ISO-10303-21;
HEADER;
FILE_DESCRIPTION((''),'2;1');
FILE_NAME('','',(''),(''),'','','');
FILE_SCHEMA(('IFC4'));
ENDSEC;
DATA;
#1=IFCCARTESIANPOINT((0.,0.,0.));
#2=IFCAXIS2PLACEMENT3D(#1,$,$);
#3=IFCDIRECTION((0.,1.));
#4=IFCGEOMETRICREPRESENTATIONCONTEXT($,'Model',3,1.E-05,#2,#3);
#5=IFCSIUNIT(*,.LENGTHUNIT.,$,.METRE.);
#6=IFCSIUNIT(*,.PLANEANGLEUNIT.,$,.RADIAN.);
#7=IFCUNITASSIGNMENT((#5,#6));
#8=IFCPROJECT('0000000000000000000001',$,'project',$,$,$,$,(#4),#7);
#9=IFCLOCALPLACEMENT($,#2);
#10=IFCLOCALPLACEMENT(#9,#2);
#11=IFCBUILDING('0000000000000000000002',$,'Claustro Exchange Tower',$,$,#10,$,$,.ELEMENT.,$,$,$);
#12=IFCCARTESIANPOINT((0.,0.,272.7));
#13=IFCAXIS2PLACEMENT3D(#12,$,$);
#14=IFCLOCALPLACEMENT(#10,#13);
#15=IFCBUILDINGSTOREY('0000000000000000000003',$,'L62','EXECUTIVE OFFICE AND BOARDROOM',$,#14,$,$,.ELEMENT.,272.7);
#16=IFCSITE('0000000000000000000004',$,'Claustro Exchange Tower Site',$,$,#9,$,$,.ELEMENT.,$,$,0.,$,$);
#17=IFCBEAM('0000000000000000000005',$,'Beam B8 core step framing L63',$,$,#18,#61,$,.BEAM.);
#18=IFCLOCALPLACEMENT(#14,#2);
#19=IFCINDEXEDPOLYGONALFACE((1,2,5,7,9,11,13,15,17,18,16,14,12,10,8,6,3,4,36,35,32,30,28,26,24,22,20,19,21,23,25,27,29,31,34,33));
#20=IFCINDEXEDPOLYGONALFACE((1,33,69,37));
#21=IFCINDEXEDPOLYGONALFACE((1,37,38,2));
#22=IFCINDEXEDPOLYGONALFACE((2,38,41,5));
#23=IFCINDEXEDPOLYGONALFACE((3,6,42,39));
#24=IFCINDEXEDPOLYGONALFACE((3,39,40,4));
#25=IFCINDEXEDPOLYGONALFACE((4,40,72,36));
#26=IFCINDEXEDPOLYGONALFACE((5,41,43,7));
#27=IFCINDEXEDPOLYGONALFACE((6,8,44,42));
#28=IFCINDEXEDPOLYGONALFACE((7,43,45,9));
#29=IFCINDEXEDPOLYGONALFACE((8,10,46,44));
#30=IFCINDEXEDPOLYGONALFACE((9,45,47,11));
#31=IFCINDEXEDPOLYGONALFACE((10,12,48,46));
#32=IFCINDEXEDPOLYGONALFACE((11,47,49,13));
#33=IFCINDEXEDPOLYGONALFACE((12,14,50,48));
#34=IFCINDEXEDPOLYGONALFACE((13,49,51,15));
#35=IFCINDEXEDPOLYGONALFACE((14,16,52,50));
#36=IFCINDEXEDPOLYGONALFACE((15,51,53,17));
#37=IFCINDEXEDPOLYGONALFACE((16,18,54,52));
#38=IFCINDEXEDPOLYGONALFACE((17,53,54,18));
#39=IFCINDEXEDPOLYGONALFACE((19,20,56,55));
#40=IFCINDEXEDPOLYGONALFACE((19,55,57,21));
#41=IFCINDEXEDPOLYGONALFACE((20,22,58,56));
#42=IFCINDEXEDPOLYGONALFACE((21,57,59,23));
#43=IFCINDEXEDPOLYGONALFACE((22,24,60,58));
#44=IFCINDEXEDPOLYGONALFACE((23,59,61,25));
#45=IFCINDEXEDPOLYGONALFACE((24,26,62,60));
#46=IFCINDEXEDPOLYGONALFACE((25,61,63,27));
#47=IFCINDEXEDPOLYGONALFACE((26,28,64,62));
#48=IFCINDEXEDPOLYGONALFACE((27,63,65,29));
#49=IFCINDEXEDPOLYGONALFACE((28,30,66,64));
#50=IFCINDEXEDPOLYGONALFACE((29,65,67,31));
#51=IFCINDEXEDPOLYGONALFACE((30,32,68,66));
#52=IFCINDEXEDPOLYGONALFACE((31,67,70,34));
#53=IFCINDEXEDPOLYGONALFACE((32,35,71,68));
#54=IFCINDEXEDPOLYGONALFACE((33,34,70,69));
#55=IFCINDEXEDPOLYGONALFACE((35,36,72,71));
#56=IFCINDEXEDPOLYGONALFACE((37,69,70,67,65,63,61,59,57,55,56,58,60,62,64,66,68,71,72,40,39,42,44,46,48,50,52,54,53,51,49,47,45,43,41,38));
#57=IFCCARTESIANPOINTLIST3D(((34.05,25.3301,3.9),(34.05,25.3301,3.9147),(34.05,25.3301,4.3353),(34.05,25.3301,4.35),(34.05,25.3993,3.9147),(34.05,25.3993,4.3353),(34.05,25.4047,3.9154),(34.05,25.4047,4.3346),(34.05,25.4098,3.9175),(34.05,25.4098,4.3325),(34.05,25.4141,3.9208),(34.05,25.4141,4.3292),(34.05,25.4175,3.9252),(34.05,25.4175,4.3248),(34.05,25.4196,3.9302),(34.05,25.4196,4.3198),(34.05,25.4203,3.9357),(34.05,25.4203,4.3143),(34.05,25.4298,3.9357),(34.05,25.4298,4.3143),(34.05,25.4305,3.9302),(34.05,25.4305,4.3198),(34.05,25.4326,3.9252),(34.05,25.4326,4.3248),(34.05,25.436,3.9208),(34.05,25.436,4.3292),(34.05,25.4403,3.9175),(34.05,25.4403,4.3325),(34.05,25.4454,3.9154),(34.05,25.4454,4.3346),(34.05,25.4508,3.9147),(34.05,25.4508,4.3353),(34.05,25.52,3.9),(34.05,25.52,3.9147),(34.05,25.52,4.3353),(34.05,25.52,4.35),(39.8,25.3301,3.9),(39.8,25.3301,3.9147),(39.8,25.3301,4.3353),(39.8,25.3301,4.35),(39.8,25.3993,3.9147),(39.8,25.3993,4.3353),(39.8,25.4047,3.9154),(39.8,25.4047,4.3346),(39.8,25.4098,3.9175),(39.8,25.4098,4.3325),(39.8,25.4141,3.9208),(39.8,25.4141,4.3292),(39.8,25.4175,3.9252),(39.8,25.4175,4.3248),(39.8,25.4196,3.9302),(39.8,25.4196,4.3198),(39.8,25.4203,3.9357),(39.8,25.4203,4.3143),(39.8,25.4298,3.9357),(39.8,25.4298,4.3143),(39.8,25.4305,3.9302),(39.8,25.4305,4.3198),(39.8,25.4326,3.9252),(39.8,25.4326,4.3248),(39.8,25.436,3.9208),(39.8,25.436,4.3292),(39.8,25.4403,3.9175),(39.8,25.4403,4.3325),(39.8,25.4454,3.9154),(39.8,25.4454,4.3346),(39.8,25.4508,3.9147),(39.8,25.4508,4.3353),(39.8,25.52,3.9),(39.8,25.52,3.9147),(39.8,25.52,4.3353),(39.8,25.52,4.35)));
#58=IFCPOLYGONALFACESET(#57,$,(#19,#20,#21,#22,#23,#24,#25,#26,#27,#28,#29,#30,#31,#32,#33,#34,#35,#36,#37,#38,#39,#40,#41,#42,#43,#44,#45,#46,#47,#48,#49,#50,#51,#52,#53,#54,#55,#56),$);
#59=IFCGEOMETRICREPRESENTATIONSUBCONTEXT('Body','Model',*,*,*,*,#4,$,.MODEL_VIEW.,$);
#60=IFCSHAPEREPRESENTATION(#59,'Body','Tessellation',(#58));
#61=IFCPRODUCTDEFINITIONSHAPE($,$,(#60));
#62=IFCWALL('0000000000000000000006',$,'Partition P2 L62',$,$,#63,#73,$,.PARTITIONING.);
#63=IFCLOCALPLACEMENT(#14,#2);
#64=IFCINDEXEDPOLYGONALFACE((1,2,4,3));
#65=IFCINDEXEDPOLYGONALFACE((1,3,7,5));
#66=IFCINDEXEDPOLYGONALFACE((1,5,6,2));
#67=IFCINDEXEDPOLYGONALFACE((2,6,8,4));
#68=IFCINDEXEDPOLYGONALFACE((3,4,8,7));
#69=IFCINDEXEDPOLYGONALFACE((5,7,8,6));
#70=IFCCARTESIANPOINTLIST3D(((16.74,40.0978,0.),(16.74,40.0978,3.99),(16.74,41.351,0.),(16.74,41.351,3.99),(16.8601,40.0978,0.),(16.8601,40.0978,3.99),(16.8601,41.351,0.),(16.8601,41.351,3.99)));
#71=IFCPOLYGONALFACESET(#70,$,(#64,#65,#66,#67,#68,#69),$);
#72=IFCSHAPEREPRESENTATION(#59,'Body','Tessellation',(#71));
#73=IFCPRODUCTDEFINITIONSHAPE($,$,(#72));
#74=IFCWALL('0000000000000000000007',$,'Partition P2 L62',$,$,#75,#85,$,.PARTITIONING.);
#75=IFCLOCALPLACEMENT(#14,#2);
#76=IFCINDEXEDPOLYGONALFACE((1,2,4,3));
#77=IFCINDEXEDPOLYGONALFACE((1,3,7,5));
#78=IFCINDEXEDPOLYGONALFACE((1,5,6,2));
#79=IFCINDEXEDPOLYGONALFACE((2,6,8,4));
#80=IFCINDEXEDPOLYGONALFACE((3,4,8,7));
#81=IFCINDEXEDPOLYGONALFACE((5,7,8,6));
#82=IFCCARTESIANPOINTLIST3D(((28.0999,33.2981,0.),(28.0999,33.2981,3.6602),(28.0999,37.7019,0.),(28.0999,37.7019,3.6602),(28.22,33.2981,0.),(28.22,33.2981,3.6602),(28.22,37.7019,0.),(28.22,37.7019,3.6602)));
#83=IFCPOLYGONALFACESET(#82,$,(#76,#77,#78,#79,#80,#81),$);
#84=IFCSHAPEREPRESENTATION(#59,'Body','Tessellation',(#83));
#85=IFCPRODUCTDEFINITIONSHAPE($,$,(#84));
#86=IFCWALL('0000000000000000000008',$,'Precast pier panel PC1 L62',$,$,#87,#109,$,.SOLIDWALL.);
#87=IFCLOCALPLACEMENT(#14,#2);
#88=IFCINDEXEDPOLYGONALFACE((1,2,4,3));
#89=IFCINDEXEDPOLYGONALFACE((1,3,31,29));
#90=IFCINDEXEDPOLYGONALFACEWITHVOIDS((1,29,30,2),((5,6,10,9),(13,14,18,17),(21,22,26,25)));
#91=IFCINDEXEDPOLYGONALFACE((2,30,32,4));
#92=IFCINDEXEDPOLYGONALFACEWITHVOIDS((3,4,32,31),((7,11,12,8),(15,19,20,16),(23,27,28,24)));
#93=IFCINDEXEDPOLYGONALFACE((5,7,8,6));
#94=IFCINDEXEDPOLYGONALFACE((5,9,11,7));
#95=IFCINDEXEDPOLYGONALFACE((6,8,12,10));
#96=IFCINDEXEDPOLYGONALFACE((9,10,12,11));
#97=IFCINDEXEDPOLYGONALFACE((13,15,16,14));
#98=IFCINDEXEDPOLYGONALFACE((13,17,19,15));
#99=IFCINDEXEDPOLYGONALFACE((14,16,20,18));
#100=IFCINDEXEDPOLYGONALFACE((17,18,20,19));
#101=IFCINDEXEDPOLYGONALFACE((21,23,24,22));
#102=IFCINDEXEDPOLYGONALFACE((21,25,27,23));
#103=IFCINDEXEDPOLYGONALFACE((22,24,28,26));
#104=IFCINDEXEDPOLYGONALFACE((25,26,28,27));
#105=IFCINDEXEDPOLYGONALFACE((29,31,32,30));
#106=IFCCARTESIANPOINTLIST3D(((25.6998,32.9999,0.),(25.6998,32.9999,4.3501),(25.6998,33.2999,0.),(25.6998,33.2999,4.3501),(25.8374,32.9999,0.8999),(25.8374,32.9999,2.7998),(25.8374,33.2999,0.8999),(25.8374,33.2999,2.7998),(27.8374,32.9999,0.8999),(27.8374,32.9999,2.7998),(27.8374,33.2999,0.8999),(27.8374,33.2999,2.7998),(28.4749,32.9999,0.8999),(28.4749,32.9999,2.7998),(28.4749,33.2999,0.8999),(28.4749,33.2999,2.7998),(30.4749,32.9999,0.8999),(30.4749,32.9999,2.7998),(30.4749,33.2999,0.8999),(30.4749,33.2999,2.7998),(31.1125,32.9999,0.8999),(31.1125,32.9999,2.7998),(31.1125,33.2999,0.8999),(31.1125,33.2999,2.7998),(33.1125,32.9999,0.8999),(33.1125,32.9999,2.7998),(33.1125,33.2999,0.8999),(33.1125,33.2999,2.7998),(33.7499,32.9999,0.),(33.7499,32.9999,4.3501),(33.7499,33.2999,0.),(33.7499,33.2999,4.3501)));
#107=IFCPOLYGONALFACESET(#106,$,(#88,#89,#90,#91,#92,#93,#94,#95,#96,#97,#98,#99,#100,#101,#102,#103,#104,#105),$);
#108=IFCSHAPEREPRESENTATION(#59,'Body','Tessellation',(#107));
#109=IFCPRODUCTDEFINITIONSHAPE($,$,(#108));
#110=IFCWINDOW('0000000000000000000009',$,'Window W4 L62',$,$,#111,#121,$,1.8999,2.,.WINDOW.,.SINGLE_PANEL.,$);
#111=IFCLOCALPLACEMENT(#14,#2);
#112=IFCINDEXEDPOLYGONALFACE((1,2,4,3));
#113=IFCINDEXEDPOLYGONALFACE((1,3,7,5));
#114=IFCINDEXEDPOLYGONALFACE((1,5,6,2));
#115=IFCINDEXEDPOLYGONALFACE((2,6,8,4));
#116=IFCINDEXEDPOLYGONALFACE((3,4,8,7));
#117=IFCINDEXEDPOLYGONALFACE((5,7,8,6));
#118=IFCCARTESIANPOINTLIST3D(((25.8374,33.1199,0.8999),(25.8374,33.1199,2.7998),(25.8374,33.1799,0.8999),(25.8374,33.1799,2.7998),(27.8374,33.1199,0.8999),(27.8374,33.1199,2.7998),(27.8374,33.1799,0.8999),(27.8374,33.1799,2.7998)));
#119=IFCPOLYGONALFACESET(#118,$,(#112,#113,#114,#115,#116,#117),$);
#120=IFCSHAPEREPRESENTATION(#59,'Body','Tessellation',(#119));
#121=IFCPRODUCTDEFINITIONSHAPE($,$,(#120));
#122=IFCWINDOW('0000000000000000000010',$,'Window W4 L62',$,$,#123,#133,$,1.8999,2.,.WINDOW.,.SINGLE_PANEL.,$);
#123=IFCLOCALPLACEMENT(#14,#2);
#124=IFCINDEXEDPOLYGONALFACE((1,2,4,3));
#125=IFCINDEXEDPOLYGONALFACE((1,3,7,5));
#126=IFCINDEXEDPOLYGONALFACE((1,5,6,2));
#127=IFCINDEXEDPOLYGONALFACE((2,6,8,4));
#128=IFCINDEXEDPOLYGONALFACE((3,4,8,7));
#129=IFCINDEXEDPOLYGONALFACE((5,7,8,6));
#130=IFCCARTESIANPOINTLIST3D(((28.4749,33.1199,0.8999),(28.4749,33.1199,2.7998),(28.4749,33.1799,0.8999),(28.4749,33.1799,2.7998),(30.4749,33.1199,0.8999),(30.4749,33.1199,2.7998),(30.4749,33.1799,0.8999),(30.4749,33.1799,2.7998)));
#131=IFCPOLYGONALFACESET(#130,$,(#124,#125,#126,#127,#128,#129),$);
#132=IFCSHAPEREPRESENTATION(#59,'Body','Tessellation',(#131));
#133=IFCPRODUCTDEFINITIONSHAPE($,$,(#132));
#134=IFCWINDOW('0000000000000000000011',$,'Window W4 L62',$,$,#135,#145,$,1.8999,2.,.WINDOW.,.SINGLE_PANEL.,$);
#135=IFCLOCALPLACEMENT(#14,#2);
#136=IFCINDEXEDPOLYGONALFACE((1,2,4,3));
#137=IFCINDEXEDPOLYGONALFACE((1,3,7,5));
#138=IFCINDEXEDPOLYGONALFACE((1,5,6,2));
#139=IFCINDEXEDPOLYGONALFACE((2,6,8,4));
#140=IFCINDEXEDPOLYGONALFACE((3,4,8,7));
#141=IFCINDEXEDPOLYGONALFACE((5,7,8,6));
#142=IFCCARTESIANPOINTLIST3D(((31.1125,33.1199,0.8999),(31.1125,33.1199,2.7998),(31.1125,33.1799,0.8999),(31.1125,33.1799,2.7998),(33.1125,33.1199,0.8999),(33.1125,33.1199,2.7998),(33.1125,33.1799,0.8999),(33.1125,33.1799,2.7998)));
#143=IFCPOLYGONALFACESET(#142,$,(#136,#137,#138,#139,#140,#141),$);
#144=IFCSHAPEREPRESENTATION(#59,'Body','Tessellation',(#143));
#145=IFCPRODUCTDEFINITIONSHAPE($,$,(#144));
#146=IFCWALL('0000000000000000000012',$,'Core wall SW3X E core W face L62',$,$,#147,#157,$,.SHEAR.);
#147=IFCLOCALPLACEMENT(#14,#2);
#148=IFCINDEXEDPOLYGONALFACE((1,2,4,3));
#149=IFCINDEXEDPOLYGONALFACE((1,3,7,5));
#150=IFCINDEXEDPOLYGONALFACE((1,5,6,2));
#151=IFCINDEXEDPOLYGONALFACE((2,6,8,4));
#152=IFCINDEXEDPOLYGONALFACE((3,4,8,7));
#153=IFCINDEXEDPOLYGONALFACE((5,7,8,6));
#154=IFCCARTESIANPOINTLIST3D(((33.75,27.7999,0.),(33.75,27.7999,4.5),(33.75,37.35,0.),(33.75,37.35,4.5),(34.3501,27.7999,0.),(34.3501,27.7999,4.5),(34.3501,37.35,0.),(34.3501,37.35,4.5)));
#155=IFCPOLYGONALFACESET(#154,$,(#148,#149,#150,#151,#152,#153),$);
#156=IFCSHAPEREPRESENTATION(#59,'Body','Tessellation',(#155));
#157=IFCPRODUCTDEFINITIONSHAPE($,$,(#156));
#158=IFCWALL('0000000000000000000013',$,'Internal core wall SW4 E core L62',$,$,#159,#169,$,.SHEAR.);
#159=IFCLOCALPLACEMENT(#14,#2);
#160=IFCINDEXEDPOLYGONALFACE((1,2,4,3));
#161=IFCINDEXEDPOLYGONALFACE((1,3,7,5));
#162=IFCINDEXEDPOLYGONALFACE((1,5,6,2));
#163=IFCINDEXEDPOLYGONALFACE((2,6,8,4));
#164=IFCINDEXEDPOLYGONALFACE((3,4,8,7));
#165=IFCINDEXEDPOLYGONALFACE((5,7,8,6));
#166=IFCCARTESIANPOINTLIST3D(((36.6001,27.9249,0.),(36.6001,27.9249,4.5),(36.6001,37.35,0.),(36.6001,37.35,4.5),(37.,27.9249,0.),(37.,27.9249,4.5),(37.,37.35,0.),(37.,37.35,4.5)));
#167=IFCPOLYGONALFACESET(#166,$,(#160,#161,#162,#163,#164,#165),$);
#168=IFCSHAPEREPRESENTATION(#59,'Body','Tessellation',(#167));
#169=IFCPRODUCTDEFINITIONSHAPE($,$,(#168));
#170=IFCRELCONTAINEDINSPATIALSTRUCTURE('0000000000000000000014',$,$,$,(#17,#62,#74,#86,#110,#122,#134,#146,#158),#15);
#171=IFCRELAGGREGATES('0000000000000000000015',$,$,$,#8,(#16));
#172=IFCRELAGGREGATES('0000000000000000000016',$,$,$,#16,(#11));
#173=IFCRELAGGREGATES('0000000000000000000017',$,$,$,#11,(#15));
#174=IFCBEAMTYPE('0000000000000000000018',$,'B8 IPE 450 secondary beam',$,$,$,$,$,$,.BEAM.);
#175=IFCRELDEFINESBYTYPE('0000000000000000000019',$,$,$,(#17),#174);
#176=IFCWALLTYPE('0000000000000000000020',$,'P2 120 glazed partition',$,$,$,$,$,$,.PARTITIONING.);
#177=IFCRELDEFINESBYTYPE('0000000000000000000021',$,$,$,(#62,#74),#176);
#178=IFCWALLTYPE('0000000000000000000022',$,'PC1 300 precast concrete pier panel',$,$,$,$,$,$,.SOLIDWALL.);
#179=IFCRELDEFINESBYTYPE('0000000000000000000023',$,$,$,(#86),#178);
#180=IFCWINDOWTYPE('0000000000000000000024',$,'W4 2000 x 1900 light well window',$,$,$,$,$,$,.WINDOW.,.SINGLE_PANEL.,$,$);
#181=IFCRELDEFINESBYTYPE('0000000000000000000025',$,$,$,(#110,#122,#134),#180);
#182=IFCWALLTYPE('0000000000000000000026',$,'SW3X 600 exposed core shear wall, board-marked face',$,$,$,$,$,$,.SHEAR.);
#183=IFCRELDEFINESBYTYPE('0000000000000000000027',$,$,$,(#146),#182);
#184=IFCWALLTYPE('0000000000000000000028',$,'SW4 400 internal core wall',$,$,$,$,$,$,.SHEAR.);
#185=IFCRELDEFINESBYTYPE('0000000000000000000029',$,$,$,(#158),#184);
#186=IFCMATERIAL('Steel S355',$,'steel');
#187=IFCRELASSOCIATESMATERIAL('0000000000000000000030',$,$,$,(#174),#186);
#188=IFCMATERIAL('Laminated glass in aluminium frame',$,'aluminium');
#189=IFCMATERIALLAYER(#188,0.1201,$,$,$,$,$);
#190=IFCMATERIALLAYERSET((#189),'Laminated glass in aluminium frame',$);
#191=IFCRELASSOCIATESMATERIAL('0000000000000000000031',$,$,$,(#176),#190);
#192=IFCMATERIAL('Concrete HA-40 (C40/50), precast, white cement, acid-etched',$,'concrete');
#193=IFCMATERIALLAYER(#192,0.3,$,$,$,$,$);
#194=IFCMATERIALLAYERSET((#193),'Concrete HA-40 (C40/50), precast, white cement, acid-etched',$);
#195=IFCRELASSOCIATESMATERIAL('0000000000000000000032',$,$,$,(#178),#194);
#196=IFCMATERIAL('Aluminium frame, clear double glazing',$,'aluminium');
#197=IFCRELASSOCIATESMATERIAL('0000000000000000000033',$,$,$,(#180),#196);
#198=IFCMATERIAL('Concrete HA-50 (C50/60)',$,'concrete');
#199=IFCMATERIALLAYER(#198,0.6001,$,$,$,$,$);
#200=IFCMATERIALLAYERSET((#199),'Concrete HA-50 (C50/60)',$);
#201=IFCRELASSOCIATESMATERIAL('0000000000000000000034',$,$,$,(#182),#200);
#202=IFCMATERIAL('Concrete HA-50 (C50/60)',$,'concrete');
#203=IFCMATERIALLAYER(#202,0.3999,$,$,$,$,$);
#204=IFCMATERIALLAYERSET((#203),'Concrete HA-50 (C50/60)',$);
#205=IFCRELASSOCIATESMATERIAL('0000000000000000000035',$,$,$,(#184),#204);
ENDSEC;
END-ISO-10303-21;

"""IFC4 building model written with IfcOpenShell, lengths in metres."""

from ifc_helpers import new_model, si_unit, direction, frame, frame_2d, origin, origin_2d, place, context, subcontext, project, spatial, rectangle, i_section, extrude, material, layer, layer_set, material_profile, profile_set, type_object, element, fill, save


model = new_model("IFC4")

# Units and contexts
model_context = context("Model", 3, precision=1e-05, world=origin(), true_north=direction((0.0, 1.0)))
body_context = subcontext(model_context, "Body", "Model", "MODEL_VIEW")
ifc_project = project(units=[si_unit("LENGTHUNIT", "METRE"), si_unit("PLANEANGLEUNIT", "RADIAN")], contexts=[model_context])

# Site, building, storey
site_placement = place(None, origin())
site = spatial("IfcSite", under=ifc_project, at=site_placement, Name="Claustro Exchange Tower Site", CompositionType="ELEMENT", RefElevation=0.0)
building_placement = place(site_placement, origin())
building = spatial("IfcBuilding", under=site, at=building_placement, Name="Claustro Exchange Tower", CompositionType="ELEMENT")
storey_placement = place(building_placement, frame((0.0, 0.0, 272.7)))
storey = spatial("IfcBuildingStorey", under=building, at=storey_placement, Name="L62", Description="EXECUTIVE OFFICE AND BOARDROOM", CompositionType="ELEMENT", Elevation=272.7)

# Beam
ifc_material_1 = material(Name="Steel S355", Category="steel")
ifc_material_profile_1 = material_profile(ifc_material_1, i_section(OverallWidth=0.1899, OverallDepth=0.45, WebThickness=0.0095, FlangeThickness=0.0146, FilletRadius=0.021, at=origin_2d()), Name="IPE 450")
ifc_profile_set_1 = profile_set([ifc_material_profile_1], Name="Steel S355")
beam_type_1 = type_object("IfcBeamType", Name="B8 IPE 450 secondary beam", PredefinedType="BEAM", material=ifc_profile_set_1)
beam_1_placement = place(storey_placement, frame((34.05, 25.425, 4.125), z_axis=(1.0, 0.0, 0.0), x_axis=(0.0, 1.0, 0.0)))
element("IfcBeam", 1, at=beam_1_placement, inside=storey, type_object=beam_type_1, Name="Beam B8 core step framing L63", PredefinedType="BEAM", context=body_context, shape_type="SweptSolid", body=[
    extrude(i_section(OverallWidth=0.1899, OverallDepth=0.45, WebThickness=0.0095, FlangeThickness=0.0146, FilletRadius=0.021, at=origin_2d()), origin(), (0.0, 0.0, 1.0), 5.75),
])

# Walls
ifc_material_2 = material(Name="Laminated glass in aluminium frame", Category="aluminium")
ifc_layer_1 = layer(ifc_material_2, 0.1201)
ifc_layer_set_1 = layer_set([ifc_layer_1], Name="Laminated glass in aluminium frame")
wall_type_1 = type_object("IfcWallType", Name="P2 120 glazed partition", PredefinedType="PARTITIONING", material=ifc_layer_set_1)
wall_1_placement = place(storey_placement, frame((16.8, 40.0979, 0.0), z_axis=(0.0, 0.0, 1.0), x_axis=(0.0, 1.0, 0.0)))
element("IfcWall", 2, at=wall_1_placement, inside=storey, type_object=wall_type_1, Name="Partition P2 L62", PredefinedType="PARTITIONING", context=body_context, shape_type="SweptSolid", body=[
    extrude(rectangle(XDim=1.2532, YDim=0.1201, at=frame_2d((0.6265, 0.0))), origin(), (0.0, 0.0, 1.0), 3.99),
])
wall_2_placement = place(storey_placement, frame((28.1599, 33.2981, 0.0), z_axis=(0.0, 0.0, 1.0), x_axis=(0.0, 1.0, 0.0)))
element("IfcWall", 3, at=wall_2_placement, inside=storey, type_object=wall_type_1, Name="Partition P2 L62", PredefinedType="PARTITIONING", context=body_context, shape_type="SweptSolid", body=[
    extrude(rectangle(XDim=4.4038, YDim=0.1201, at=frame_2d((2.2019, 0.0))), origin(), (0.0, 0.0, 1.0), 3.6602),
])

# Wall, openings, windows
ifc_material_3 = material(Name="Concrete HA-40 (C40/50), precast, white cement, acid-etched", Category="concrete")
ifc_layer_2 = layer(ifc_material_3, 0.3)
ifc_layer_set_2 = layer_set([ifc_layer_2], Name="Concrete HA-40 (C40/50), precast, white cement, acid-etched")
wall_type_2 = type_object("IfcWallType", Name="PC1 300 precast concrete pier panel", PredefinedType="SOLIDWALL", material=ifc_layer_set_2)
wall_3_placement = place(storey_placement, frame((25.7, 33.1499, 0.0), z_axis=(0.0, 0.0, 1.0), x_axis=(1.0, 0.0, 0.0)))
wall_3 = element("IfcWall", 4, at=wall_3_placement, inside=storey, type_object=wall_type_2, Name="Precast pier panel PC1 L62", PredefinedType="SOLIDWALL", context=body_context, shape_type="SweptSolid", body=[
    extrude(rectangle(XDim=8.05, YDim=0.3, at=frame_2d((4.0249, 0.0))), origin(), (0.0, 0.0, 1.0), 4.3501),
])
opening_1_placement = place(wall_3_placement, frame((0.1375, 0.0, 0.8999)))
opening_1 = element("IfcOpeningElement", 5, at=opening_1_placement, cuts=wall_3, PredefinedType="OPENING", context=body_context, shape_type="SweptSolid", body=[
    extrude(rectangle(XDim=2.0, YDim=1.8999, at=frame_2d((1.0, 0.95))), frame((0.0, 0.1599, 0.0), z_axis=(0.0, -1.0, 0.0), x_axis=(1.0, 0.0, 0.0)), (0.0, 0.0, 1.0), 0.3201),
])
opening_2_placement = place(wall_3_placement, frame((2.7749, 0.0, 0.8999)))
opening_2 = element("IfcOpeningElement", 6, at=opening_2_placement, cuts=wall_3, PredefinedType="OPENING", context=body_context, shape_type="SweptSolid", body=[
    extrude(rectangle(XDim=2.0, YDim=1.8999, at=frame_2d((1.0, 0.95))), frame((0.0, 0.1599, 0.0), z_axis=(0.0, -1.0, 0.0), x_axis=(1.0, 0.0, 0.0)), (0.0, 0.0, 1.0), 0.3201),
])
opening_3_placement = place(wall_3_placement, frame((5.4126, 0.0, 0.8999)))
opening_3 = element("IfcOpeningElement", 7, at=opening_3_placement, cuts=wall_3, PredefinedType="OPENING", context=body_context, shape_type="SweptSolid", body=[
    extrude(rectangle(XDim=2.0, YDim=1.8999, at=frame_2d((1.0, 0.95))), frame((0.0, 0.1599, 0.0), z_axis=(0.0, -1.0, 0.0), x_axis=(1.0, 0.0, 0.0)), (0.0, 0.0, 1.0), 0.3201),
])
ifc_material_4 = material(Name="Aluminium frame, clear double glazing", Category="aluminium")
window_type = type_object("IfcWindowType", Name="W4 2000 x 1900 light well window", PartitioningType="SINGLE_PANEL", PredefinedType="WINDOW", material=ifc_material_4)
window_1_placement = place(opening_1_placement, origin())
window_1 = element("IfcWindow", 8, at=window_1_placement, inside=storey, type_object=window_type, Name="Window W4 L62", OverallHeight=1.8999, OverallWidth=2.0, PartitioningType="SINGLE_PANEL", PredefinedType="WINDOW", context=body_context, shape_type="SweptSolid", body=[
    extrude(rectangle(XDim=2.0, YDim=1.8999, at=frame_2d((1.0, 0.95))), frame((0.0, 0.03, 0.0), z_axis=(0.0, -1.0, 0.0), x_axis=(1.0, 0.0, 0.0)), (0.0, 0.0, 1.0), 0.0601),
])
fill(opening_1, window_1)
window_2_placement = place(opening_2_placement, origin())
window_2 = element("IfcWindow", 9, at=window_2_placement, inside=storey, type_object=window_type, Name="Window W4 L62", OverallHeight=1.8999, OverallWidth=2.0, PartitioningType="SINGLE_PANEL", PredefinedType="WINDOW", context=body_context, shape_type="SweptSolid", body=[
    extrude(rectangle(XDim=2.0, YDim=1.8999, at=frame_2d((1.0, 0.95))), frame((0.0, 0.03, 0.0), z_axis=(0.0, -1.0, 0.0), x_axis=(1.0, 0.0, 0.0)), (0.0, 0.0, 1.0), 0.0601),
])
fill(opening_2, window_2)
window_3_placement = place(opening_3_placement, origin())
window_3 = element("IfcWindow", 10, at=window_3_placement, inside=storey, type_object=window_type, Name="Window W4 L62", OverallHeight=1.8999, OverallWidth=2.0, PartitioningType="SINGLE_PANEL", PredefinedType="WINDOW", context=body_context, shape_type="SweptSolid", body=[
    extrude(rectangle(XDim=2.0, YDim=1.8999, at=frame_2d((1.0, 0.95))), frame((0.0, 0.03, 0.0), z_axis=(0.0, -1.0, 0.0), x_axis=(1.0, 0.0, 0.0)), (0.0, 0.0, 1.0), 0.0601),
])
fill(opening_3, window_3)

# Walls
ifc_material_5 = material(Name="Concrete HA-50 (C50/60)", Category="concrete")
ifc_layer_3 = layer(ifc_material_5, 0.6001)
ifc_layer_set_3 = layer_set([ifc_layer_3], Name="Concrete HA-50 (C50/60)")
wall_type_3 = type_object("IfcWallType", Name="SW3X 600 exposed core shear wall, board-marked face", PredefinedType="SHEAR", material=ifc_layer_set_3)
wall_4_placement = place(storey_placement, frame((34.05, 27.8, 0.0), z_axis=(0.0, 0.0, 1.0), x_axis=(0.0, 1.0, 0.0)))
element("IfcWall", 11, at=wall_4_placement, inside=storey, type_object=wall_type_3, Name="Core wall SW3X E core W face L62", PredefinedType="SHEAR", context=body_context, shape_type="SweptSolid", body=[
    extrude(rectangle(XDim=9.55, YDim=0.6001, at=frame_2d((4.7749, 0.0))), origin(), (0.0, 0.0, 1.0), 4.5),
])
ifc_material_6 = material(Name="Concrete HA-50 (C50/60)", Category="concrete")
ifc_layer_4 = layer(ifc_material_6, 0.3999)
ifc_layer_set_4 = layer_set([ifc_layer_4], Name="Concrete HA-50 (C50/60)")
wall_type_4 = type_object("IfcWallType", Name="SW4 400 internal core wall", PredefinedType="SHEAR", material=ifc_layer_set_4)
wall_5_placement = place(storey_placement, frame((36.8, 27.925, 0.0), z_axis=(0.0, 0.0, 1.0), x_axis=(0.0, 1.0, 0.0)))
element("IfcWall", 12, at=wall_5_placement, inside=storey, type_object=wall_type_4, Name="Internal core wall SW4 E core L62", PredefinedType="SHEAR", context=body_context, shape_type="SweptSolid", body=[
    extrude(rectangle(XDim=9.425, YDim=0.3999, at=frame_2d((4.7124, 0.0))), origin(), (0.0, 0.0, 1.0), 4.5),
])

save(model, "model.ifc")
